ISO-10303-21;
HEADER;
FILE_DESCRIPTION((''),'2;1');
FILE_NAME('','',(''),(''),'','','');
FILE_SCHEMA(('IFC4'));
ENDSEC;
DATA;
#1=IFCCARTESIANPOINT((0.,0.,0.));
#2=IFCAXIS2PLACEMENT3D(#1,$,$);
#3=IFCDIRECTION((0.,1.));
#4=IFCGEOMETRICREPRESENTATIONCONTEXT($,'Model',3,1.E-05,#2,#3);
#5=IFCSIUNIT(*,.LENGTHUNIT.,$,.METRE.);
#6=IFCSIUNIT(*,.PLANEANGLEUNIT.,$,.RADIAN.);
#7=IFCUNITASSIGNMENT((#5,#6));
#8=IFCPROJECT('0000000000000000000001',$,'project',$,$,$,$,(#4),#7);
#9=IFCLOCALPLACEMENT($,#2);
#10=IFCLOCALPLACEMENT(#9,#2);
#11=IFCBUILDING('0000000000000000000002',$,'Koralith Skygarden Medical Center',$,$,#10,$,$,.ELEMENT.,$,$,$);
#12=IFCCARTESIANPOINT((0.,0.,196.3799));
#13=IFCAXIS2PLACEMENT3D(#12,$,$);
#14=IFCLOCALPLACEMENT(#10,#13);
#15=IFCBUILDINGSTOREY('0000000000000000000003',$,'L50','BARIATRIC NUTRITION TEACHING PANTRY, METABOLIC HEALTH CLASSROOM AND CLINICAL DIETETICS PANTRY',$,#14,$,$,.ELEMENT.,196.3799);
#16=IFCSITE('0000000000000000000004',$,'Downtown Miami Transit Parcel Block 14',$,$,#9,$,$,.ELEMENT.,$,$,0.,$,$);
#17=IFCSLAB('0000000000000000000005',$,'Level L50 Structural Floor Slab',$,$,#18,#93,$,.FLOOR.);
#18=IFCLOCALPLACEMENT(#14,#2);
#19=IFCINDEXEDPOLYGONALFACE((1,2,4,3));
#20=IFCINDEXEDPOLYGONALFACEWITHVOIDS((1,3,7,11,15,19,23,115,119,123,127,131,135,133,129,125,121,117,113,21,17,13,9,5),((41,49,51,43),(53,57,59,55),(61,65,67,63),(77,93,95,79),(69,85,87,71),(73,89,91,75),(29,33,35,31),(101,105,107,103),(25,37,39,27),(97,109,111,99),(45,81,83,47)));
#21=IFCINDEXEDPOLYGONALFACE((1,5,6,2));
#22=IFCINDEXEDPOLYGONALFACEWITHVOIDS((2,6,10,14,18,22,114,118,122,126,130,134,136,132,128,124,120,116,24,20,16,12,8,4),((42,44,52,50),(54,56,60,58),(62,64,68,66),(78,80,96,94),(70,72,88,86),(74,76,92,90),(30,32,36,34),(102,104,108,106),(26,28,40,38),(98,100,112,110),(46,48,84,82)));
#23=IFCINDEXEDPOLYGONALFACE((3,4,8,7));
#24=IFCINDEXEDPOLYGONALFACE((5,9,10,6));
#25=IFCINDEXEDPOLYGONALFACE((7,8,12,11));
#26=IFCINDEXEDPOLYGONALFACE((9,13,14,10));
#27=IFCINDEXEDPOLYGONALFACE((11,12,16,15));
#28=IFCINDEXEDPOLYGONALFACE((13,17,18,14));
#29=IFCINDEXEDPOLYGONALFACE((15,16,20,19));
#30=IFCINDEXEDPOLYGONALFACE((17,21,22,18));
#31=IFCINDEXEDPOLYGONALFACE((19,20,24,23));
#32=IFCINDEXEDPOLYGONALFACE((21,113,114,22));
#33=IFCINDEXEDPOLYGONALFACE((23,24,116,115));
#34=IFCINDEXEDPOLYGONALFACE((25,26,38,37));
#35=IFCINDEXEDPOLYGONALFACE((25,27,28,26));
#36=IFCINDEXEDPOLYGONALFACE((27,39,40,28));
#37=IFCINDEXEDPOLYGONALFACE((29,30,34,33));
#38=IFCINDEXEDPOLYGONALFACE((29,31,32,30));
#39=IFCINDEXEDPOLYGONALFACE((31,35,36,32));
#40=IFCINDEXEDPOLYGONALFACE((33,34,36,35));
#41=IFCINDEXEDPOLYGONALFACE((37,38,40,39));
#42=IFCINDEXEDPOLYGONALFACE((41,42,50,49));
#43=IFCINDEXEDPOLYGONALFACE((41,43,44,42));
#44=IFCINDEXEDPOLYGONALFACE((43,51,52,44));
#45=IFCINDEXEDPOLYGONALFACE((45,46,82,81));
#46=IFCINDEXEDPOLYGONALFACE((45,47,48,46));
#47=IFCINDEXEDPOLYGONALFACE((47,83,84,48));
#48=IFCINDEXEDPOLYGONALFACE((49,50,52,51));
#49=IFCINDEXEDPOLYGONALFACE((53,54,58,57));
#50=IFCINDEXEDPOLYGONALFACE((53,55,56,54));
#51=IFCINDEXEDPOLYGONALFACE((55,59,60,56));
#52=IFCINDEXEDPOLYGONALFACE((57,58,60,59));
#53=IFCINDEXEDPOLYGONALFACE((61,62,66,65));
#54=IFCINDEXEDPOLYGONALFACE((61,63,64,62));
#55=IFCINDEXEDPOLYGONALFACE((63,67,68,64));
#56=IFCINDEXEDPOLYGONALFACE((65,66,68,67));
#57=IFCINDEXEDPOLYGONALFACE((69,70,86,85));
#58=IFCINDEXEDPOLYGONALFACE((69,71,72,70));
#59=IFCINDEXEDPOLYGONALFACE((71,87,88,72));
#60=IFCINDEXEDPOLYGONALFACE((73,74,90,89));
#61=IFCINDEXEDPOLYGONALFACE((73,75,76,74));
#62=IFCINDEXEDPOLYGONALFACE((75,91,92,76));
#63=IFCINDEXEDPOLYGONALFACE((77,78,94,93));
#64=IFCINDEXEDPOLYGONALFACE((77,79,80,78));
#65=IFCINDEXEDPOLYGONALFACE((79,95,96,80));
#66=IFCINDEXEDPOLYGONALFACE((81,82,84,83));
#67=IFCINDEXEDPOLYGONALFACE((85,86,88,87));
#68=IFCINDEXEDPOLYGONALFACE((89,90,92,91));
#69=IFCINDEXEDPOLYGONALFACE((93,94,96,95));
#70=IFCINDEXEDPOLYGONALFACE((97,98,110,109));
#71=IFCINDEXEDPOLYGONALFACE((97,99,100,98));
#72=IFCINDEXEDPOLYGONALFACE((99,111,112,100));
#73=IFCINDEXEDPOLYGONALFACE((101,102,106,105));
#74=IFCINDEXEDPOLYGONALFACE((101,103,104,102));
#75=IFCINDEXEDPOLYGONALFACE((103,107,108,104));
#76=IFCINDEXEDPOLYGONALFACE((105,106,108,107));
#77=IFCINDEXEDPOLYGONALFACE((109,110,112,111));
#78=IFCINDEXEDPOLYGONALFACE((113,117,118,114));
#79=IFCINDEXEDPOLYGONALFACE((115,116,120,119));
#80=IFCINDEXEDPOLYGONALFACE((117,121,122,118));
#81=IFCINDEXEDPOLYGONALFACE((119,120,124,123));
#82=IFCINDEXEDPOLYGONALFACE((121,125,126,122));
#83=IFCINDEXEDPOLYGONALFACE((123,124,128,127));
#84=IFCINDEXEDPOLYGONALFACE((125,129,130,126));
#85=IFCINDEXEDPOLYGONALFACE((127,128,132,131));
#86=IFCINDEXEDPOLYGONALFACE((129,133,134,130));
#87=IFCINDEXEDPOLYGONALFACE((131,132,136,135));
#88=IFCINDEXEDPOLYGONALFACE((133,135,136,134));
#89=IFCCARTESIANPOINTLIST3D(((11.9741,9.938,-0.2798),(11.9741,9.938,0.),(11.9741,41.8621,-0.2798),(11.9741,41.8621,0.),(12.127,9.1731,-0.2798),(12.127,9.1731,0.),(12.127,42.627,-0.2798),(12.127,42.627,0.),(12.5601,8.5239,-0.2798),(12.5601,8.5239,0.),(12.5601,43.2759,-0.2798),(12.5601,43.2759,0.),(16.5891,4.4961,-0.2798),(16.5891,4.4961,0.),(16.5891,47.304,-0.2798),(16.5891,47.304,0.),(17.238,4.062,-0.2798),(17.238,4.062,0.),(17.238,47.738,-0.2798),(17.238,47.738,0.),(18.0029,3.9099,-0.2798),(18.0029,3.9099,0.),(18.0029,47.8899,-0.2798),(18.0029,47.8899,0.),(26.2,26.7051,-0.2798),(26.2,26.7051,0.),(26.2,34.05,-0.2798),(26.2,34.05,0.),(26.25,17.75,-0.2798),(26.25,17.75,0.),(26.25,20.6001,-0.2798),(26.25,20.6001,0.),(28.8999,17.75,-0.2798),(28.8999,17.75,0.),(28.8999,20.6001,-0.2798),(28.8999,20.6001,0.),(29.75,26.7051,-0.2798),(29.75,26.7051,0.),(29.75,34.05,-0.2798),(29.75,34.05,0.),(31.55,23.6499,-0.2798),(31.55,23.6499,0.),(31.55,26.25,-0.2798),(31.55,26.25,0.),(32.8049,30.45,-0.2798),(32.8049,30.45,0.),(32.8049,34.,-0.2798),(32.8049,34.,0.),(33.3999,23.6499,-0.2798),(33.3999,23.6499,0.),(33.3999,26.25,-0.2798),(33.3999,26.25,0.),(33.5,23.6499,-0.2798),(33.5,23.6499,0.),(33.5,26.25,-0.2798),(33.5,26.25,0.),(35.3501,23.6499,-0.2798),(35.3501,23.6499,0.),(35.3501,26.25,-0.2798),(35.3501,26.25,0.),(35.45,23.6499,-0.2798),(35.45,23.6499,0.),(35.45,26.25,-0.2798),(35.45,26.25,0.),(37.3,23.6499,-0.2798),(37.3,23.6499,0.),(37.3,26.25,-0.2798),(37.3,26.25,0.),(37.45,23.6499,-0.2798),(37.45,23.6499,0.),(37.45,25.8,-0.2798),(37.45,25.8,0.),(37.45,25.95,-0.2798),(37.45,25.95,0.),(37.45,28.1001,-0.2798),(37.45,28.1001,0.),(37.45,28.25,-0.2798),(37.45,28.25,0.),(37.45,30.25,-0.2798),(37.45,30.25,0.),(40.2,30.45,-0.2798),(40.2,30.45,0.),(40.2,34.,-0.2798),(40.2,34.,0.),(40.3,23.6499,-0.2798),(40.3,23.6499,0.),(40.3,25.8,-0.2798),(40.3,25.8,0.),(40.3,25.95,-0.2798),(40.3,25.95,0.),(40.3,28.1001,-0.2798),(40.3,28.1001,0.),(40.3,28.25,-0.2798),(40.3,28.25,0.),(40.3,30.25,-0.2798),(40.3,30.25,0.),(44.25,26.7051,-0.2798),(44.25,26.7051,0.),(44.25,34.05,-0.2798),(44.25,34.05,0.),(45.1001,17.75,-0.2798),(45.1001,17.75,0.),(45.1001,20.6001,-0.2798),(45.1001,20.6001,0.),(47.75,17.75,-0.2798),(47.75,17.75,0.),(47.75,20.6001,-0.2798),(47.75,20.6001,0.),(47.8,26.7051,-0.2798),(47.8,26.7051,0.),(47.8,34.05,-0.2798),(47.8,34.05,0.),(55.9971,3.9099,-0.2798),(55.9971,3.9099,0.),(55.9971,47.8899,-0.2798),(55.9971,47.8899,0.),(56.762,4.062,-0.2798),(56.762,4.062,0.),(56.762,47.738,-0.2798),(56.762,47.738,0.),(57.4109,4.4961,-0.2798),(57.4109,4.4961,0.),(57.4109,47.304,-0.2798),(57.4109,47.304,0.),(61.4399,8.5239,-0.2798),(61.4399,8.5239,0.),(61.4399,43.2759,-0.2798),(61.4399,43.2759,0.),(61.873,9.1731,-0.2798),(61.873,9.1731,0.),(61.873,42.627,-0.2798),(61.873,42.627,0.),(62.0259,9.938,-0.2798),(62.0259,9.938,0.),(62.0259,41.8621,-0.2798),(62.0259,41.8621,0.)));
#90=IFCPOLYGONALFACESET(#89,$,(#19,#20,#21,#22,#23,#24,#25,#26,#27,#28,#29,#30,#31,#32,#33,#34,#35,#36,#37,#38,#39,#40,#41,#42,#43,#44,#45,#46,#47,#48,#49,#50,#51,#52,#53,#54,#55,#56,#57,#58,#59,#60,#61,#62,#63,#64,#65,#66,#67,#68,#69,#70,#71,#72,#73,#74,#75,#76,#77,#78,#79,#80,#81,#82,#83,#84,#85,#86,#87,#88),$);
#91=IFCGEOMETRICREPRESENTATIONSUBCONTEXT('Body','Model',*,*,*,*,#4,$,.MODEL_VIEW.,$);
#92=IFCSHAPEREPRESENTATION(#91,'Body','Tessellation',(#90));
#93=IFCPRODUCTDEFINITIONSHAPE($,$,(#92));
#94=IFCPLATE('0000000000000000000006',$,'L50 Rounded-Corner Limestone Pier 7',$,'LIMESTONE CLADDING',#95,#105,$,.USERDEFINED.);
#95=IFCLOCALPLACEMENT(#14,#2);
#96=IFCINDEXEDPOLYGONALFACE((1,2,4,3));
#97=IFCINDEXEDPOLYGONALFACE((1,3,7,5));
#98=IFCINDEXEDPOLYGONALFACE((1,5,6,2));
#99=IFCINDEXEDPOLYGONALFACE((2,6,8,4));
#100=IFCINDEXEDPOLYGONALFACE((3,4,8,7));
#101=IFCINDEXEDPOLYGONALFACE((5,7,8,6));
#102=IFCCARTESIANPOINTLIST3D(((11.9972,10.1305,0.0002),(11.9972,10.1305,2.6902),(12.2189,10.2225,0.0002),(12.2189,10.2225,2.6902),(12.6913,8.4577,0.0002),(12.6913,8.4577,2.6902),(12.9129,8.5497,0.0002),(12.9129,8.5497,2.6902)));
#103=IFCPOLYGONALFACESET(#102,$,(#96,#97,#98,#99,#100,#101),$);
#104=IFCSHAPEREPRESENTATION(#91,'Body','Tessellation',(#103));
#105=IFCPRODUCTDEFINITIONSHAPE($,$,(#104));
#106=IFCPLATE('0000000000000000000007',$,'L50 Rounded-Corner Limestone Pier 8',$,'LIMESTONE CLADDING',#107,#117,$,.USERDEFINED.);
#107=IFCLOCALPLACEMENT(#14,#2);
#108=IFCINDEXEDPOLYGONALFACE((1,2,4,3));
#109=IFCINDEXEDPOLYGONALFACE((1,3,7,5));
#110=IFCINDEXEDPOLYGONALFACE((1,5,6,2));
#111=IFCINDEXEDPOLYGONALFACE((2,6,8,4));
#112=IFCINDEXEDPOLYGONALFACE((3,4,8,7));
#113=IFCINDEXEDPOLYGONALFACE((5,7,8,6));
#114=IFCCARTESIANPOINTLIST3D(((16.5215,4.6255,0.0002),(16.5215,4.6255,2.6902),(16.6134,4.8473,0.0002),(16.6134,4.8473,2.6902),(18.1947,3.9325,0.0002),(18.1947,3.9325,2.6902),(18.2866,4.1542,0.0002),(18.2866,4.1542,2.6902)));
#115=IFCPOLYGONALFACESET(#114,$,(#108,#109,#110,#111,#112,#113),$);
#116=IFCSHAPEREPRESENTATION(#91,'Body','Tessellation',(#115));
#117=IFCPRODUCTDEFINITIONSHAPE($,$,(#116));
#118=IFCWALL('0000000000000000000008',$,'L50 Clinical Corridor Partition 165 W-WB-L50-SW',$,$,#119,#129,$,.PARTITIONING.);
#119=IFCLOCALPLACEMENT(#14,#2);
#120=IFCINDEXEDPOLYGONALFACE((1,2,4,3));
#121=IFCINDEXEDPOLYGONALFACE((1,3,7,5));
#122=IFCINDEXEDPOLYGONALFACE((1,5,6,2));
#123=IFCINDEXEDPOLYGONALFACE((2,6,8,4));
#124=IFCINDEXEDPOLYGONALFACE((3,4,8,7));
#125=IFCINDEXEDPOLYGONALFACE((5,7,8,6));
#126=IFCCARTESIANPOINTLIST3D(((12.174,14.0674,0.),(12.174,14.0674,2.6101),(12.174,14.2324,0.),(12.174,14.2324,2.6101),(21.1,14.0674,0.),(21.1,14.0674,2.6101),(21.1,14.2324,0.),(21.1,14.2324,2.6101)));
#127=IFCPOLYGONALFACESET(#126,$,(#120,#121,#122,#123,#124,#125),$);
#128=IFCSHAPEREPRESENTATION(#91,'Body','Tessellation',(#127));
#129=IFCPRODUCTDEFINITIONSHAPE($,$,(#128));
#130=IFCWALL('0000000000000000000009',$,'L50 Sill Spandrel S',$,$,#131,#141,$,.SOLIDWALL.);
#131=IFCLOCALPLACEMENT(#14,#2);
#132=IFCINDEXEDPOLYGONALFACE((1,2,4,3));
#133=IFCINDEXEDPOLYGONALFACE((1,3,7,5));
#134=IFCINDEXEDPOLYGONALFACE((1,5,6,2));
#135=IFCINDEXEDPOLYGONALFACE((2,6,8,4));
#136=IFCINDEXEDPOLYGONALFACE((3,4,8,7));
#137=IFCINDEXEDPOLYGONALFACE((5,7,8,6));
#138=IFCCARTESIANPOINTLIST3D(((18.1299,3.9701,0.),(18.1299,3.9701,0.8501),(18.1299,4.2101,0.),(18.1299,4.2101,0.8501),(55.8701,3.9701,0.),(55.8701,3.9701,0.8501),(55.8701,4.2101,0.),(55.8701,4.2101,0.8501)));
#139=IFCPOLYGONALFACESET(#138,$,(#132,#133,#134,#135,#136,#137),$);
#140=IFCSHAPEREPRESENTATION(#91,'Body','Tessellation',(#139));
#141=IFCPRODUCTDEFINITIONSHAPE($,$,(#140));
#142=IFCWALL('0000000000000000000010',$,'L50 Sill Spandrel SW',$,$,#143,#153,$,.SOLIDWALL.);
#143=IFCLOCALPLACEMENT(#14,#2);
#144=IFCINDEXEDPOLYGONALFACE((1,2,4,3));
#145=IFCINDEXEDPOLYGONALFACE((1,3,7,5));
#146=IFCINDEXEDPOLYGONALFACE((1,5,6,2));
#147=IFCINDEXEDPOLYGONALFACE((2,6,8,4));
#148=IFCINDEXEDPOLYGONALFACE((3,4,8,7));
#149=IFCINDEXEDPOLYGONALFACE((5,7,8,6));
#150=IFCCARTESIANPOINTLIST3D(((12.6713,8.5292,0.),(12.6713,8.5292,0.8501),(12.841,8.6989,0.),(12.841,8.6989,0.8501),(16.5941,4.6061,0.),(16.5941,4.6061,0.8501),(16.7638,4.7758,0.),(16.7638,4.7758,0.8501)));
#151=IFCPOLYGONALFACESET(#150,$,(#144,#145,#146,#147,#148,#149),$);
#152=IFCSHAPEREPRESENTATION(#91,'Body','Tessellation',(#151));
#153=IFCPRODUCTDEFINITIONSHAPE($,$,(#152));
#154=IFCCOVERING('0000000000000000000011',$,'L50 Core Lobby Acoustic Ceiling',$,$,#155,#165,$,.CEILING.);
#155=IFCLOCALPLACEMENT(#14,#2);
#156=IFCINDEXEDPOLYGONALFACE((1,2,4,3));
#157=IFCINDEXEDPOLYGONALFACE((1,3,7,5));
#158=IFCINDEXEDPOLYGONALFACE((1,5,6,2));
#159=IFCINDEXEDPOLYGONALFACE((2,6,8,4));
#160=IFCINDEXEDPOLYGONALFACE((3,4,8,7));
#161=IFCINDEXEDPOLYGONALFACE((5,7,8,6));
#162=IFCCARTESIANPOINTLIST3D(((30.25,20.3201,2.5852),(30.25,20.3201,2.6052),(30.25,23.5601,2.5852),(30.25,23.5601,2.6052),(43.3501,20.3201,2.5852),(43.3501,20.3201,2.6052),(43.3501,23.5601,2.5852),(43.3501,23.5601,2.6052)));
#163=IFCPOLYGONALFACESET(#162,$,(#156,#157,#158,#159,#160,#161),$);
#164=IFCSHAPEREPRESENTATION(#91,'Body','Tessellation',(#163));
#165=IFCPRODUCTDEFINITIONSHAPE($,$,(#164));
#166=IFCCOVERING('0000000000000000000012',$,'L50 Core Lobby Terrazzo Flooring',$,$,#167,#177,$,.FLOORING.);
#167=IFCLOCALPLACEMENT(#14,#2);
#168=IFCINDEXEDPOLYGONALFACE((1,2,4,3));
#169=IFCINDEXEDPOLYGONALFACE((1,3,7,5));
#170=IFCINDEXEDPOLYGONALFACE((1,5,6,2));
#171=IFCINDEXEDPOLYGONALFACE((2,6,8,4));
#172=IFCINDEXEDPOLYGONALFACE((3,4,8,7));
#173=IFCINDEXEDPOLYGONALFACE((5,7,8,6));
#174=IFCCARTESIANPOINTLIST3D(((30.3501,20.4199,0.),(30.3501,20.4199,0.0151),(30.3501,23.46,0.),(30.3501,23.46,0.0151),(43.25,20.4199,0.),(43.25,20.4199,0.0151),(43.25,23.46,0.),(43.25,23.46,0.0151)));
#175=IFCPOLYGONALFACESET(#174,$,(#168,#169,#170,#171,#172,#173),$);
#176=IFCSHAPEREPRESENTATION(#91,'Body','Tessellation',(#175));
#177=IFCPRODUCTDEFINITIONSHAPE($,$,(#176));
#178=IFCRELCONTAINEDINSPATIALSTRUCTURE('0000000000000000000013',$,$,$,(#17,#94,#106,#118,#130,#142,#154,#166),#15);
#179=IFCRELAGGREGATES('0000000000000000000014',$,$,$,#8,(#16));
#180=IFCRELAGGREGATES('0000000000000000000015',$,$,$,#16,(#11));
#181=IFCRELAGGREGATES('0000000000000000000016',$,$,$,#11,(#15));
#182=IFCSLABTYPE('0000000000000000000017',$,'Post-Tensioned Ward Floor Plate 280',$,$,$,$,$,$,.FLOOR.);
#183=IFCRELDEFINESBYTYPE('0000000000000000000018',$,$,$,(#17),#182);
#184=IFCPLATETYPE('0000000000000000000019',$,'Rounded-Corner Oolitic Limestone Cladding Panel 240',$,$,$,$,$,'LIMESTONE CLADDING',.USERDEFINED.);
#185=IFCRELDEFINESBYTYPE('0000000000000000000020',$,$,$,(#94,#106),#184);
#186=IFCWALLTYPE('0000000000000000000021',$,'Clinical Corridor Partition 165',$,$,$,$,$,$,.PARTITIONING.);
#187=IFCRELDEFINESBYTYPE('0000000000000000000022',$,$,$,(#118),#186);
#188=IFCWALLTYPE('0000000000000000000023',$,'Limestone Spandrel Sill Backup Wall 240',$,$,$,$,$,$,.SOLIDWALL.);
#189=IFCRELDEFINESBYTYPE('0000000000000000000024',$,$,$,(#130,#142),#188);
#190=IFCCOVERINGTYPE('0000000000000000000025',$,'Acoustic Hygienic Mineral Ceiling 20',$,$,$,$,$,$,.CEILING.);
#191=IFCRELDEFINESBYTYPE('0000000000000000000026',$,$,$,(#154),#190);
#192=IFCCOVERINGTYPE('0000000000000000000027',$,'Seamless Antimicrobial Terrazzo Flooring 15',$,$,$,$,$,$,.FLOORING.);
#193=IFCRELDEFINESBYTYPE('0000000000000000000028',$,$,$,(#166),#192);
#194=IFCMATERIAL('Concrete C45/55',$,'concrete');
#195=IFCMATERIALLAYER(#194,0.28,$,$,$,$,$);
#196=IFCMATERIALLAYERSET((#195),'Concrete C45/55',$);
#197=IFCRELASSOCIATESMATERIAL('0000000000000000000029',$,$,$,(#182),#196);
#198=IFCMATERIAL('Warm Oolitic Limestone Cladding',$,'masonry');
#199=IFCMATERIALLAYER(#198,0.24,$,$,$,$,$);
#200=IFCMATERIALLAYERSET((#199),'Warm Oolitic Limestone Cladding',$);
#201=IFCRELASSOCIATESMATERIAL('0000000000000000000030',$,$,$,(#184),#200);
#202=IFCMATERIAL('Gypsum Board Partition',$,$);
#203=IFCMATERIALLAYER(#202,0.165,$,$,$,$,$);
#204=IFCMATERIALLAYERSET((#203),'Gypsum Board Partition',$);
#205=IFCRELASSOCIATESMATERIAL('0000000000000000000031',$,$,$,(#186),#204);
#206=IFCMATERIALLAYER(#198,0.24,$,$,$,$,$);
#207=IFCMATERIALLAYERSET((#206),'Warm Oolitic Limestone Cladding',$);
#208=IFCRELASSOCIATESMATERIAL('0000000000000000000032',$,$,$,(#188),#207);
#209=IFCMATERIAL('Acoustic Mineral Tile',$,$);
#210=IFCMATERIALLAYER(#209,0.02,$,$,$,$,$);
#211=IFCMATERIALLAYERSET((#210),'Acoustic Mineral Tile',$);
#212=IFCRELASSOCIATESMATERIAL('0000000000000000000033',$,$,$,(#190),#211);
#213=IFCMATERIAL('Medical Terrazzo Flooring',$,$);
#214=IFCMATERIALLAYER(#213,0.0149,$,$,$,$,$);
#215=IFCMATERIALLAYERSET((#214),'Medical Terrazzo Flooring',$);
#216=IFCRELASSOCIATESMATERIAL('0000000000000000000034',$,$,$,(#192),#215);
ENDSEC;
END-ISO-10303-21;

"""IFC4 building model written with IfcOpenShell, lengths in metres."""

from ifc_helpers import new_model, si_unit, direction, frame, frame_2d, origin, origin_2d, place, context, subcontext, project, spatial, polyline, rectangle, outline, extrude, material, layer, layer_set, type_object, element, save


model = new_model("IFC4")

# Units and contexts
model_context = context("Model", 3, precision=1e-05, world=origin(), true_north=direction((0.0, 1.0)))
body_context = subcontext(model_context, "Body", "Model", "MODEL_VIEW")
ifc_project = project(units=[si_unit("LENGTHUNIT", "METRE"), si_unit("PLANEANGLEUNIT", "RADIAN")], contexts=[model_context])

# Site, building, storey
site_placement = place(None, origin())
site = spatial("IfcSite", under=ifc_project, at=site_placement, Name="Downtown Miami Transit Parcel Block 14", CompositionType="ELEMENT", RefElevation=0.0)
building_placement = place(site_placement, origin())
building = spatial("IfcBuilding", under=site, at=building_placement, Name="Koralith Skygarden Medical Center", CompositionType="ELEMENT")
storey_placement = place(building_placement, frame((0.0, 0.0, 196.3799)))
storey = spatial("IfcBuildingStorey", under=building, at=storey_placement, Name="L50", Description="BARIATRIC NUTRITION TEACHING PANTRY, METABOLIC HEALTH CLASSROOM AND CLINICAL DIETETICS PANTRY", CompositionType="ELEMENT", Elevation=196.3799)

# Shared definitions
ifc_material_1 = material(Name="Concrete C45/55", Category="concrete")

# Slab
ifc_layer_1 = layer(ifc_material_1, 0.28)
ifc_layer_set_1 = layer_set([ifc_layer_1], Name="Concrete C45/55")
slab_type_1 = type_object("IfcSlabType", Name="Post-Tensioned Ward Floor Plate 280", PredefinedType="FLOOR", material=ifc_layer_set_1)
slab_1_placement = place(storey_placement, frame((0.0, 0.0, -0.2798)))
element("IfcSlab", 1, at=slab_1_placement, inside=storey, type_object=slab_type_1, Name="Level L50 Structural Floor Slab", PredefinedType="FLOOR", context=body_context, shape_type="SweptSolid", body=[
    extrude(outline(polyline([(16.5891, 4.4961), (17.238, 4.062), (18.0029, 3.9099), (55.9971, 3.9099), (56.762, 4.062), (57.4109, 4.4961), (61.4399, 8.5239), (61.873, 9.1731), (62.0259, 9.938), (62.0259, 41.8621), (61.873, 42.627), (61.4399, 43.2759), (57.4109, 47.304), (56.762, 47.738), (55.9971, 47.8899), (18.0029, 47.8899), (17.238, 47.738), (16.5891, 47.304), (12.5601, 43.2759), (12.127, 42.627), (11.9741, 41.8621), (11.9741, 9.938), (12.127, 9.1731), (12.5601, 8.5239), (16.5891, 4.4961)]), holes=[polyline([(26.2, 26.7051), (29.75, 26.7051), (29.75, 34.05), (26.2, 34.05), (26.2, 26.7051)]), polyline([(44.25, 26.7051), (47.8, 26.7051), (47.8, 34.05), (44.25, 34.05), (44.25, 26.7051)]), polyline([(32.8049, 30.45), (40.2, 30.45), (40.2, 34.0), (32.8049, 34.0), (32.8049, 30.45)]), polyline([(26.25, 17.75), (28.8999, 17.75), (28.8999, 20.6001), (26.25, 20.6001), (26.25, 17.75)]), polyline([(45.1001, 17.75), (47.75, 17.75), (47.75, 20.6001), (45.1001, 20.6001), (45.1001, 17.75)]), polyline([(31.55, 23.6499), (33.3999, 23.6499), (33.3999, 26.25), (31.55, 26.25), (31.55, 23.6499)]), polyline([(33.5, 23.6499), (35.3501, 23.6499), (35.3501, 26.25), (33.5, 26.25), (33.5, 23.6499)]), polyline([(35.45, 23.6499), (37.3, 23.6499), (37.3, 26.25), (35.45, 26.25), (35.45, 23.6499)]), polyline([(37.45, 23.6499), (40.3, 23.6499), (40.3, 25.8), (37.45, 25.8), (37.45, 23.6499)]), polyline([(37.45, 25.95), (40.3, 25.95), (40.3, 28.1001), (37.45, 28.1001), (37.45, 25.95)]), polyline([(37.45, 28.25), (40.3, 28.25), (40.3, 30.25), (37.45, 30.25), (37.45, 28.25)])]), origin(), (0.0, 0.0, 1.0), 0.2798),
])

# Plates
ifc_material_2 = material(Name="Warm Oolitic Limestone Cladding", Category="masonry")
ifc_layer_2 = layer(ifc_material_2, 0.24)
ifc_layer_set_2 = layer_set([ifc_layer_2], Name="Warm Oolitic Limestone Cladding")
plate_type_1 = type_object("IfcPlateType", Name="Rounded-Corner Oolitic Limestone Cladding Panel 240", ElementType="LIMESTONE CLADDING", PredefinedType="USERDEFINED", material=ifc_layer_set_2)
for number, where, z_axis, x_axis, name in (
    (2, (12.4551, 9.3401, 0.0002), (0.0, 0.0, 1.0), (0.383214, -0.92366, 0.0), "L50 Rounded-Corner Limestone Pier 7"),
    (3, (17.4041, 4.3899, 0.0002), (0.0, 0.0, 1.0), (0.923885, -0.382671, 0.0), "L50 Rounded-Corner Limestone Pier 8"),
):
    element("IfcPlate", number, at=place(storey_placement, frame(where, z_axis=z_axis, x_axis=x_axis)), inside=storey, type_object=plate_type_1, Name=name, ObjectType="LIMESTONE CLADDING", PredefinedType="USERDEFINED", context=body_context, shape_type="SweptSolid", body=[
        extrude(rectangle(XDim=1.811, YDim=0.24, at=origin_2d()), origin(), (0.0, 0.0, 1.0), 2.6899),
    ])

# Walls
ifc_material_3 = material(Name="Gypsum Board Partition")
ifc_layer_3 = layer(ifc_material_3, 0.165)
ifc_layer_set_3 = layer_set([ifc_layer_3], Name="Gypsum Board Partition")
wall_type_1 = type_object("IfcWallType", Name="Clinical Corridor Partition 165", PredefinedType="PARTITIONING", material=ifc_layer_set_3)
wall_1_placement = place(storey_placement, frame((12.1741, 14.1499, 0.0), z_axis=(0.0, 0.0, 1.0), x_axis=(1.0, 0.0, 0.0)))
element("IfcWall", 4, at=wall_1_placement, inside=storey, type_object=wall_type_1, Name="L50 Clinical Corridor Partition 165 W-WB-L50-SW", PredefinedType="PARTITIONING", context=body_context, shape_type="SweptSolid", body=[
    extrude(rectangle(XDim=8.926, YDim=0.165, at=frame_2d((4.4629, 0.0))), origin(), (0.0, 0.0, 1.0), 2.6101),
])
ifc_layer_4 = layer(ifc_material_2, 0.24)
ifc_layer_set_4 = layer_set([ifc_layer_4], Name="Warm Oolitic Limestone Cladding")
wall_type_2 = type_object("IfcWallType", Name="Limestone Spandrel Sill Backup Wall 240", PredefinedType="SOLIDWALL", material=ifc_layer_set_4)
wall_2_placement = place(storey_placement, frame((18.1299, 4.0901, 0.0), z_axis=(0.0, 0.0, 1.0), x_axis=(1.0, 0.0, 0.0)))
element("IfcWall", 5, at=wall_2_placement, inside=storey, type_object=wall_type_2, Name="L50 Sill Spandrel S", PredefinedType="SOLIDWALL", context=body_context, shape_type="SweptSolid", body=[
    extrude(rectangle(XDim=37.7402, YDim=0.24, at=frame_2d((18.8701, 0.0))), origin(), (0.0, 0.0, 1.0), 0.8501),
])
wall_3_placement = place(storey_placement, frame((12.7561, 8.614, 0.0), z_axis=(0.0, 0.0, 1.0), x_axis=(0.707085, -0.707129, 0.0)))
element("IfcWall", 6, at=wall_3_placement, inside=storey, type_object=wall_type_2, Name="L50 Sill Spandrel SW", PredefinedType="SOLIDWALL", context=body_context, shape_type="SweptSolid", body=[
    extrude(rectangle(XDim=5.5479, YDim=0.24, at=frame_2d((2.7739, 0.0))), origin(), (0.0, 0.0, 1.0), 0.8501),
])

# Coverings
ifc_material_4 = material(Name="Acoustic Mineral Tile")
ifc_layer_5 = layer(ifc_material_4, 0.02)
ifc_layer_set_5 = layer_set([ifc_layer_5], Name="Acoustic Mineral Tile")
covering_type_1 = type_object("IfcCoveringType", Name="Acoustic Hygienic Mineral Ceiling 20", PredefinedType="CEILING", material=ifc_layer_set_5)
covering_1_placement = place(storey_placement, frame((0.0, 0.0, 2.5852)))
element("IfcCovering", 7, at=covering_1_placement, inside=storey, type_object=covering_type_1, Name="L50 Core Lobby Acoustic Ceiling", PredefinedType="CEILING", context=body_context, shape_type="SweptSolid", body=[
    extrude(outline(polyline([(30.25, 20.3201), (43.3501, 20.3201), (43.3501, 23.5601), (30.25, 23.5601), (30.25, 20.3201)])), origin(), (0.0, 0.0, 1.0), 0.02),
])
ifc_material_5 = material(Name="Medical Terrazzo Flooring")
ifc_layer_6 = layer(ifc_material_5, 0.0149)
ifc_layer_set_6 = layer_set([ifc_layer_6], Name="Medical Terrazzo Flooring")
covering_type_2 = type_object("IfcCoveringType", Name="Seamless Antimicrobial Terrazzo Flooring 15", PredefinedType="FLOORING", material=ifc_layer_set_6)
covering_2_placement = place(storey_placement, origin())
element("IfcCovering", 8, at=covering_2_placement, inside=storey, type_object=covering_type_2, Name="L50 Core Lobby Terrazzo Flooring", PredefinedType="FLOORING", context=body_context, shape_type="SweptSolid", body=[
    extrude(outline(polyline([(30.3501, 20.4199), (43.25, 20.4199), (43.25, 23.46), (30.3501, 23.46), (30.3501, 20.4199)])), origin(), (0.0, 0.0, 1.0), 0.0151),
])

save(model, "model.ifc")
